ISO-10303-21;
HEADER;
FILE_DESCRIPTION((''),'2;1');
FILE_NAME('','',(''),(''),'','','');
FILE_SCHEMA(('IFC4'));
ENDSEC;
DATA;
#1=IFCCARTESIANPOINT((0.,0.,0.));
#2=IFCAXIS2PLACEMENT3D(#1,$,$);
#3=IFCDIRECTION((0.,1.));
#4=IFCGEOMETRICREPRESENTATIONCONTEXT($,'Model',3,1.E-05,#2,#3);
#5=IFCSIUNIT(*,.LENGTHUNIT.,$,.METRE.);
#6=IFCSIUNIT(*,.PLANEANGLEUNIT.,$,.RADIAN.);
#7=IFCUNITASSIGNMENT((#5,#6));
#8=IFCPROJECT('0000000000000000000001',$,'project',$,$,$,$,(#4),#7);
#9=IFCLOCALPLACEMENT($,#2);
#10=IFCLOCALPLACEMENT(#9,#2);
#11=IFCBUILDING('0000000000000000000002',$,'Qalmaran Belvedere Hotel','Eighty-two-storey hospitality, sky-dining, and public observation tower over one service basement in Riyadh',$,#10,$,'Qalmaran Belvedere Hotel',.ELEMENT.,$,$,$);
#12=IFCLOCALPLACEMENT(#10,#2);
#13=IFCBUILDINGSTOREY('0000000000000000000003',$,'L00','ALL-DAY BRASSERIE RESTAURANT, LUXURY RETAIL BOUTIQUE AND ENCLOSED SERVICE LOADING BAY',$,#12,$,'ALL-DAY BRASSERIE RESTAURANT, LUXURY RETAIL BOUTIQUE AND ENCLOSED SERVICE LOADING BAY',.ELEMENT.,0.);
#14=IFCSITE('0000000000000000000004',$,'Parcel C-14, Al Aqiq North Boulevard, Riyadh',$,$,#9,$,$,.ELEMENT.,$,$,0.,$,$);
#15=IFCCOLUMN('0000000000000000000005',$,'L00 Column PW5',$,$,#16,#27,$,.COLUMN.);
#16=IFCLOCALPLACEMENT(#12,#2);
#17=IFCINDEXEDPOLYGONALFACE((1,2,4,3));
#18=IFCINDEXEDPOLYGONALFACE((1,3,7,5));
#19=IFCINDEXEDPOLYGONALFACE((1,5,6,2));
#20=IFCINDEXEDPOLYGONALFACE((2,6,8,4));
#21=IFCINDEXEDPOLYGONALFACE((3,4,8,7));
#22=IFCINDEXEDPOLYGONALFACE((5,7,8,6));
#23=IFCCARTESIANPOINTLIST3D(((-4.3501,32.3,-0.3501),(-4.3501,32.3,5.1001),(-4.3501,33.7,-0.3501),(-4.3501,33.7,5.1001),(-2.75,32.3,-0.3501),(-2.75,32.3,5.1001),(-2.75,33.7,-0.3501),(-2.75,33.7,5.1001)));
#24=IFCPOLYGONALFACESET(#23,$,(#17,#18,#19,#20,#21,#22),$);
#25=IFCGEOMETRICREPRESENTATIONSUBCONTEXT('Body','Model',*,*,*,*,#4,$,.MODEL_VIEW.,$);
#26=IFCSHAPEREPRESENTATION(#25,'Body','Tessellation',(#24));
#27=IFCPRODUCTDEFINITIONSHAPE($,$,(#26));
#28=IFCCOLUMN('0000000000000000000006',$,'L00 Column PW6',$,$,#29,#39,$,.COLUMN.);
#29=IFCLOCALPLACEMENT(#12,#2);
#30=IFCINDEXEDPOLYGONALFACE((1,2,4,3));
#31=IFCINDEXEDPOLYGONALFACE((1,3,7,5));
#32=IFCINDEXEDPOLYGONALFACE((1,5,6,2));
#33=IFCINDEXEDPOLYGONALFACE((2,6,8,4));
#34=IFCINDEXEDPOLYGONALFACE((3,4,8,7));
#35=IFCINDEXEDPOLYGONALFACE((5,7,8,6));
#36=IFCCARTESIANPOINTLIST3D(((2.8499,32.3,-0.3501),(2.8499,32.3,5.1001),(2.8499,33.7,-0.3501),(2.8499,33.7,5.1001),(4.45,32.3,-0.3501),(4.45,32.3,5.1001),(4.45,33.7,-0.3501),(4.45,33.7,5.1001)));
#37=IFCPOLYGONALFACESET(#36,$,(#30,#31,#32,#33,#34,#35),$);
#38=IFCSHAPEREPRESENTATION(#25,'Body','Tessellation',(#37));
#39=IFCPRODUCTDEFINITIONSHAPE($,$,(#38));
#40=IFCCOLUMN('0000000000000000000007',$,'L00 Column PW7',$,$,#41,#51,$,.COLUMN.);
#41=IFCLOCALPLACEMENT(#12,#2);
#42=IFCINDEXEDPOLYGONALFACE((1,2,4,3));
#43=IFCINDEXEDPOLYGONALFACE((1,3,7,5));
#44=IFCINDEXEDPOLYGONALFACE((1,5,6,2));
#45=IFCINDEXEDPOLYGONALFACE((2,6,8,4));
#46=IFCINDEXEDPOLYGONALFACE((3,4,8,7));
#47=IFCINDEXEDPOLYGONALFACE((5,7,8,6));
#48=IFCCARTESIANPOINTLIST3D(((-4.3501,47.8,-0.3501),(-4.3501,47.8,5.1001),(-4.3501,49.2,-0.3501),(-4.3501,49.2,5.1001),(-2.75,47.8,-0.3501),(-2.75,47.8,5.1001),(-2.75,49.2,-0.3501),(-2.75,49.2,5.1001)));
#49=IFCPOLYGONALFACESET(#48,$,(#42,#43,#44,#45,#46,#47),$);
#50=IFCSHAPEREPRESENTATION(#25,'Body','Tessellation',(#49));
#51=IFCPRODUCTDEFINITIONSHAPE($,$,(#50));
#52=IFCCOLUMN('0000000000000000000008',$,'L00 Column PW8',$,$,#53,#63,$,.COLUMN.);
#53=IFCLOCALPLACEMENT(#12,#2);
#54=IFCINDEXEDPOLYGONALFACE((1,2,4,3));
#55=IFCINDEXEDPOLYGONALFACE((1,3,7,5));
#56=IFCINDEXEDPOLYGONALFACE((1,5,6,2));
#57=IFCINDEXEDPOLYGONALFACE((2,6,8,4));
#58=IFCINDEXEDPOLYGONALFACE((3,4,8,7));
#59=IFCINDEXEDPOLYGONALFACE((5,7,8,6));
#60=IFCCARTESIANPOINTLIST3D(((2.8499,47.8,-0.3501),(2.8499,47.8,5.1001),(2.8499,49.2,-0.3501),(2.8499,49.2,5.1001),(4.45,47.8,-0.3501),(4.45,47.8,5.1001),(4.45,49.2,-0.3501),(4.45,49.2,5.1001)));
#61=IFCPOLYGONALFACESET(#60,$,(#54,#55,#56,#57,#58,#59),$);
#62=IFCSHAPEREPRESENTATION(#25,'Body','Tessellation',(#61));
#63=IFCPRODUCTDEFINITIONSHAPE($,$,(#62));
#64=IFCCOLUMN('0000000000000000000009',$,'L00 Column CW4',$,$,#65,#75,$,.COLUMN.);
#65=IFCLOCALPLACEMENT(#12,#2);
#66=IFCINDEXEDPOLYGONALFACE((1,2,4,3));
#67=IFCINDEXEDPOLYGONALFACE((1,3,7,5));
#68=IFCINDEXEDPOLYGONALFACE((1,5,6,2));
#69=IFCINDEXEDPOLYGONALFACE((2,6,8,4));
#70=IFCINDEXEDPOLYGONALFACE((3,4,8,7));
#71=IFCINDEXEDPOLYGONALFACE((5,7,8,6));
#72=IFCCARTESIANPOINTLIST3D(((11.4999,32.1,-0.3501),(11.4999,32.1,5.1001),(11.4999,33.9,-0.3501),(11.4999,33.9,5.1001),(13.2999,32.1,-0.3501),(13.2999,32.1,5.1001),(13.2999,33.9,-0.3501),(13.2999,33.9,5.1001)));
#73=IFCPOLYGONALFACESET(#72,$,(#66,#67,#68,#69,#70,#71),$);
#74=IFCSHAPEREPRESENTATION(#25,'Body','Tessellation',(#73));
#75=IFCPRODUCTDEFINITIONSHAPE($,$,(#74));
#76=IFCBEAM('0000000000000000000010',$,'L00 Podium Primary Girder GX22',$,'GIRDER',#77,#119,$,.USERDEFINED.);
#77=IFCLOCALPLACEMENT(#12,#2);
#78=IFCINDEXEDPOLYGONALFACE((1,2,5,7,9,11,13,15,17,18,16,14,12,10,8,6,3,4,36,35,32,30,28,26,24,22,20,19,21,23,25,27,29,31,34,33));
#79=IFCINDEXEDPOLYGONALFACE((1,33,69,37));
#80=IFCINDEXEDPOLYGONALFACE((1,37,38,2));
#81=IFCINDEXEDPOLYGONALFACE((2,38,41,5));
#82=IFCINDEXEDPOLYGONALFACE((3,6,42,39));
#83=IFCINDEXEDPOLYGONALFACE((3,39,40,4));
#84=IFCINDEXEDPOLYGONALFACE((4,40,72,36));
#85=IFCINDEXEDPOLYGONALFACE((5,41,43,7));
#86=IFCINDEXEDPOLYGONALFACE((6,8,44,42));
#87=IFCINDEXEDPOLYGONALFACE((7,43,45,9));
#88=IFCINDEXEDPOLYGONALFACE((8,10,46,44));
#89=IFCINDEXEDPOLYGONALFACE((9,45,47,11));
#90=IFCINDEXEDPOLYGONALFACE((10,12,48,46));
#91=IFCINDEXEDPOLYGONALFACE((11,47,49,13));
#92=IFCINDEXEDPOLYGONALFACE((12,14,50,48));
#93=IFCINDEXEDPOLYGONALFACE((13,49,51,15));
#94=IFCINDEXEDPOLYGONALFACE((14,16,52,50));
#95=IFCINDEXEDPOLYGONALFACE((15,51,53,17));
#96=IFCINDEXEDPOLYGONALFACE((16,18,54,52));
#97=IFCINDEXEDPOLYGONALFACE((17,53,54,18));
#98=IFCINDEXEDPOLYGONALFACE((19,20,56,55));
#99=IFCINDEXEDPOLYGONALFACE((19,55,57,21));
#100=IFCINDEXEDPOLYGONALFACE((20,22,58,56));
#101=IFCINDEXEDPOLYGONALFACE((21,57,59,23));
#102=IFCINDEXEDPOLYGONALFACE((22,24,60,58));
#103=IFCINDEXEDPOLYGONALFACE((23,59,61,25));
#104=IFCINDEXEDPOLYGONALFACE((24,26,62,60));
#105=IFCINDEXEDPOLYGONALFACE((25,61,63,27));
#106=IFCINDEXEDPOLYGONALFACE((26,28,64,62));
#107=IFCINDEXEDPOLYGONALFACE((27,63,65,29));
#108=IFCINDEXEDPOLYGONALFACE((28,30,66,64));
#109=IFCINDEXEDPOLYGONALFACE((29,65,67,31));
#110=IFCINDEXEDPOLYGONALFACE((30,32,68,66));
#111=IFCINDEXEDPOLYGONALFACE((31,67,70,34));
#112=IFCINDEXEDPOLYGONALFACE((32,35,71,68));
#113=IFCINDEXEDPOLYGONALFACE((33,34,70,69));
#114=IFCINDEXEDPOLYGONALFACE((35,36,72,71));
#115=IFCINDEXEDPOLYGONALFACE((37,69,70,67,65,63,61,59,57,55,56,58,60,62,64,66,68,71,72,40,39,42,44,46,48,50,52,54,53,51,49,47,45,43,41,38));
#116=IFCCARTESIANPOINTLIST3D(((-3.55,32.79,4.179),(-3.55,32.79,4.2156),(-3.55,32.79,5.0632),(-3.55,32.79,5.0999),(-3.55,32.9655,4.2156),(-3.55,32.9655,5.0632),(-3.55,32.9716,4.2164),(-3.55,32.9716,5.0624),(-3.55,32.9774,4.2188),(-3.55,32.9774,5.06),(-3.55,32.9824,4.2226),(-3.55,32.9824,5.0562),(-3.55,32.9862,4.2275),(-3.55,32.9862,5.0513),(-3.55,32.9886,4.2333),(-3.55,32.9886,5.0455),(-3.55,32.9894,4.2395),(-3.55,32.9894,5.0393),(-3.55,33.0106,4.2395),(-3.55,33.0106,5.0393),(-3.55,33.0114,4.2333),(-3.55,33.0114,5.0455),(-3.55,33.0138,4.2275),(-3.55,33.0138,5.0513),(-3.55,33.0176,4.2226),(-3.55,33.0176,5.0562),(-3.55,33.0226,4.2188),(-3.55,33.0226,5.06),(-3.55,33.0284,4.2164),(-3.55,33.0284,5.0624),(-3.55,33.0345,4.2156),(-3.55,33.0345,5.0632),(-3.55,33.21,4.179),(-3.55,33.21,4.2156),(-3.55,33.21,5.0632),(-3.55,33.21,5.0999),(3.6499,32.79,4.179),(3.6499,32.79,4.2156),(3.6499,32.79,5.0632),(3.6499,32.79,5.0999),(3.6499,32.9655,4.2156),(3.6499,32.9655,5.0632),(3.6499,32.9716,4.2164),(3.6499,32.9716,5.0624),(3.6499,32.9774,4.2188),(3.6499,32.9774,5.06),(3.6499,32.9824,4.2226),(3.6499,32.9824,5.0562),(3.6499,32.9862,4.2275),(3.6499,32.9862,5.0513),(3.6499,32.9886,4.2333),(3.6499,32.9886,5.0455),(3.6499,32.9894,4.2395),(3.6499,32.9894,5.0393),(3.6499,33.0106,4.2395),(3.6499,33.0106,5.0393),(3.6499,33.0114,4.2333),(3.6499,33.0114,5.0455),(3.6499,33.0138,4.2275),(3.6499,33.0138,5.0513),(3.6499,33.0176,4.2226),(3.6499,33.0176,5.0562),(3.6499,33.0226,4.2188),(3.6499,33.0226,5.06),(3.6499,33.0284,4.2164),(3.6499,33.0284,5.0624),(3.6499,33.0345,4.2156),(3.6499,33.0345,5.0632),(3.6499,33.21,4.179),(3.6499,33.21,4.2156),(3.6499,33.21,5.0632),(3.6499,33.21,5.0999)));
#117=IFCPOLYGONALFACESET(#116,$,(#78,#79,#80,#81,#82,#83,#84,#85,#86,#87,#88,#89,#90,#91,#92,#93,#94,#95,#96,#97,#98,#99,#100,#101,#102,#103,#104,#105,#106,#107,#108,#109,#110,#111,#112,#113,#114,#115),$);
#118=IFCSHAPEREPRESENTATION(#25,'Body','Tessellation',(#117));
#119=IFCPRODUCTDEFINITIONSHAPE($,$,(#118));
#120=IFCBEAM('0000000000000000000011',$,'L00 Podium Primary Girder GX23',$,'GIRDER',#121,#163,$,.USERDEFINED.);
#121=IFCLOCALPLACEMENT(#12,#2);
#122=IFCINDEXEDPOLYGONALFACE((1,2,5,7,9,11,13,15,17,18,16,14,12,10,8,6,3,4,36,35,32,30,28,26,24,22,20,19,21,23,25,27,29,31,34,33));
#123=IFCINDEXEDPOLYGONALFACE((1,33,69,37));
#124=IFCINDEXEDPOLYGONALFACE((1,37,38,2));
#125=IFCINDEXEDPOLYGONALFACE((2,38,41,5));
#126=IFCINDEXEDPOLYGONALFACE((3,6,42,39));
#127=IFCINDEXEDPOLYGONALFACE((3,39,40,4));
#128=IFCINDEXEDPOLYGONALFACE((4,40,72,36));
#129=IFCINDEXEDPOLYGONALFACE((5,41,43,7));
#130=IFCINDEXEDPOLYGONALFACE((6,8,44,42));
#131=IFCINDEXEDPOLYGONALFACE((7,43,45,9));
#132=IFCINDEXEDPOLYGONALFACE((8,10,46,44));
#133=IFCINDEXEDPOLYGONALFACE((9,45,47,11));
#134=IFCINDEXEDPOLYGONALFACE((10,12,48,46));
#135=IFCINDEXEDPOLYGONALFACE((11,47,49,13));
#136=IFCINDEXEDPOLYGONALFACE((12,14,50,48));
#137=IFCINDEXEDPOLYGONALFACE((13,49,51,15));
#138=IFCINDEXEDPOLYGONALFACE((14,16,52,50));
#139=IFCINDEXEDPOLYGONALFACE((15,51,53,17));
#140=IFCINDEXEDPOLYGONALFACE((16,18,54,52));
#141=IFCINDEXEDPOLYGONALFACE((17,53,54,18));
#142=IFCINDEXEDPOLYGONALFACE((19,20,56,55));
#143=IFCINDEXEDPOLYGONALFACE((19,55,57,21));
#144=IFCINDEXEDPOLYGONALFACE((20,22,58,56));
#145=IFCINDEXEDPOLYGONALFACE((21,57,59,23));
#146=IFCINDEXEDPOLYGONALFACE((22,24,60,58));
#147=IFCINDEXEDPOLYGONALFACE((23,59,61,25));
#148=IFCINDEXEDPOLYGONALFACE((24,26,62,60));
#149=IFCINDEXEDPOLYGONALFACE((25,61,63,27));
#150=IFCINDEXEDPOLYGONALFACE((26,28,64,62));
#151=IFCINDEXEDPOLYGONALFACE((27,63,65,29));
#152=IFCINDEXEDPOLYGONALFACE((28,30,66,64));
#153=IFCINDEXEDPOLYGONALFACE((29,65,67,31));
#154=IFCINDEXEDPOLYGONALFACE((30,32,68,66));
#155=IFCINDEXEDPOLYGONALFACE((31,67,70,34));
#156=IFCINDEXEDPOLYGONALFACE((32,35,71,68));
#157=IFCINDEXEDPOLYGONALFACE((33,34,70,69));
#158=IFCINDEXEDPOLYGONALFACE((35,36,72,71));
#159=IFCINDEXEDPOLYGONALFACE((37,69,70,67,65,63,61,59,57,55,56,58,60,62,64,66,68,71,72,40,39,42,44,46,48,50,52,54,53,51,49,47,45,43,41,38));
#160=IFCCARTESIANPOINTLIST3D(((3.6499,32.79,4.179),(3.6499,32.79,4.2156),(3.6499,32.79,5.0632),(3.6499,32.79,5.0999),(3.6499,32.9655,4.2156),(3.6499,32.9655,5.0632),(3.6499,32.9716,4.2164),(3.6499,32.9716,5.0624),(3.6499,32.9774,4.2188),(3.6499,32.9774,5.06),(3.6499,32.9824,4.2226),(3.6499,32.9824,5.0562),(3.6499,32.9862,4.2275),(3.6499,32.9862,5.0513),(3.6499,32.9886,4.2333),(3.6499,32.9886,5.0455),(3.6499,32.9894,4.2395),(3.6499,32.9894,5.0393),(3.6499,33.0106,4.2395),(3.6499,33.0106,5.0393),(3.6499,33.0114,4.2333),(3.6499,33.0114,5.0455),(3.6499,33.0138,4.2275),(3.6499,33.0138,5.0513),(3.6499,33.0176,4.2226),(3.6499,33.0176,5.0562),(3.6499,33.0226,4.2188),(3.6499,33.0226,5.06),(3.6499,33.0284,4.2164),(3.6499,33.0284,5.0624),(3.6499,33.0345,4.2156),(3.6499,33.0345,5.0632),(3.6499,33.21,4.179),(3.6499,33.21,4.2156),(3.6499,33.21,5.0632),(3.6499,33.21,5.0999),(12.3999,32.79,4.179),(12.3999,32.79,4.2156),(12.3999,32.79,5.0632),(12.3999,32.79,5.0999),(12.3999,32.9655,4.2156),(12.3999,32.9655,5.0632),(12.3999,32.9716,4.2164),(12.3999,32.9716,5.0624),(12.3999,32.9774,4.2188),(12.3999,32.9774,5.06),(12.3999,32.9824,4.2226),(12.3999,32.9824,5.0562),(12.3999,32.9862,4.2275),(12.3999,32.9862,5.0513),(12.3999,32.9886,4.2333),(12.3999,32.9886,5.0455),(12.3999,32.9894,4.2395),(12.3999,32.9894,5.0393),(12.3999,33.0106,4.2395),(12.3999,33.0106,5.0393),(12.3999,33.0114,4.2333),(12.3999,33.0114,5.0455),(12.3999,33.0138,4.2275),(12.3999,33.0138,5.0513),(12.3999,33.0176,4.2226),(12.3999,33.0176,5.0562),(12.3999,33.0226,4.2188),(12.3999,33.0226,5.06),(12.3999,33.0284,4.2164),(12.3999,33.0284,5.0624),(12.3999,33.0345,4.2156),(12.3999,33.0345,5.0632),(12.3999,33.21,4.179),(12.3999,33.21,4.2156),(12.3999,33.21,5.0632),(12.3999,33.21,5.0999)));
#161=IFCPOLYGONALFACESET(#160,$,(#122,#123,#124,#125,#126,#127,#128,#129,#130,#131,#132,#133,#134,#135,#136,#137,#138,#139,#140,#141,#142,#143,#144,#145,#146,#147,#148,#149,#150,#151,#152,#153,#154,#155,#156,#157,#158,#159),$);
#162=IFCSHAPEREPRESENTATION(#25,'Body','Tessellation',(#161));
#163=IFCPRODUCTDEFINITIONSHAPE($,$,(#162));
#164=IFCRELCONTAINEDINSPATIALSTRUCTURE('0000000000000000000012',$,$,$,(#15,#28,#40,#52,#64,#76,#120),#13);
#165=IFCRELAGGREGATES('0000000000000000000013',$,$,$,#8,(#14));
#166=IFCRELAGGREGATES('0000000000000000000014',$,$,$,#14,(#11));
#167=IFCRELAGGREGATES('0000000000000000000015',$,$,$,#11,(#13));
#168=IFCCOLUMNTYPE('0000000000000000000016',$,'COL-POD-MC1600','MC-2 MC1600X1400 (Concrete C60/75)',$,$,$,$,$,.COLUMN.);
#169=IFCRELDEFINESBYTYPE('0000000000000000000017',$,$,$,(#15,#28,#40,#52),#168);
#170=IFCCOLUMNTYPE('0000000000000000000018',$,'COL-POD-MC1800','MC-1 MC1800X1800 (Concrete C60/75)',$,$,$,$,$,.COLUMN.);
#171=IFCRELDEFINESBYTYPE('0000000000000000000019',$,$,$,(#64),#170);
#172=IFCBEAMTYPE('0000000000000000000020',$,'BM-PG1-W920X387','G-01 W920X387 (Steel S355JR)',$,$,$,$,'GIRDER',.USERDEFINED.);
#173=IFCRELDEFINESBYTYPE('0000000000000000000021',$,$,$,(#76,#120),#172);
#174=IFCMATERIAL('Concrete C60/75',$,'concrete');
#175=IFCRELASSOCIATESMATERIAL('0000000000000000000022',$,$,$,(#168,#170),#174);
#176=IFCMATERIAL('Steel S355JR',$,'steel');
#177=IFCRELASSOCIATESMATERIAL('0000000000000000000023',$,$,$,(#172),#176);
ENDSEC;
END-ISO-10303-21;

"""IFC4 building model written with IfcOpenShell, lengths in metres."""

from ifc_helpers import new_model, si_unit, direction, frame, origin, origin_2d, place, context, subcontext, project, spatial, rectangle, i_section, extrude, material, material_profile, profile_set, type_object, element, save


model = new_model("IFC4")

# Units and contexts
model_context = context("Model", 3, precision=1e-05, world=origin(), true_north=direction((0.0, 1.0)))
body_context = subcontext(model_context, "Body", "Model", "MODEL_VIEW")
ifc_project = project(units=[si_unit("LENGTHUNIT", "METRE"), si_unit("PLANEANGLEUNIT", "RADIAN")], contexts=[model_context])

# Site, building, storey
site_placement = place(None, origin())
site = spatial("IfcSite", under=ifc_project, at=site_placement, Name="Parcel C-14, Al Aqiq North Boulevard, Riyadh", CompositionType="ELEMENT", RefElevation=0.0)
building_placement = place(site_placement, origin())
building = spatial("IfcBuilding", under=site, at=building_placement, Name="Qalmaran Belvedere Hotel", Description="Eighty-two-storey hospitality, sky-dining, and public observation tower over one service basement in Riyadh", LongName="Qalmaran Belvedere Hotel", CompositionType="ELEMENT")
storey_placement = place(building_placement, origin())
storey = spatial("IfcBuildingStorey", under=building, at=storey_placement, Name="L00", Description="ALL-DAY BRASSERIE RESTAURANT, LUXURY RETAIL BOUTIQUE AND ENCLOSED SERVICE LOADING BAY", LongName="ALL-DAY BRASSERIE RESTAURANT, LUXURY RETAIL BOUTIQUE AND ENCLOSED SERVICE LOADING BAY", CompositionType="ELEMENT", Elevation=0.0)

# Columns
ifc_material_1 = material(Name="Concrete C60/75", Category="concrete")
ifc_material_profile_1 = material_profile(ifc_material_1, rectangle(XDim=1.6001, YDim=1.3999, at=origin_2d()), Name="MC1600X1400")
ifc_profile_set_1 = profile_set([ifc_material_profile_1], Name="Concrete C60/75")
column_type_1 = type_object("IfcColumnType", Name="COL-POD-MC1600", Description="MC-2 MC1600X1400 (Concrete C60/75)", PredefinedType="COLUMN", material=ifc_profile_set_1)
for number, where, z_axis, x_axis, name in (
    (1, (-3.55, 33.0, -0.3501), (0.0, 0.0, 1.0), (1.0, 0.0, 0.0), "L00 Column PW5"),
    (2, (3.6499, 33.0, -0.3501), (0.0, 0.0, 1.0), (1.0, 0.0, 0.0), "L00 Column PW6"),
    (3, (-3.55, 48.5, -0.3501), (0.0, 0.0, 1.0), (1.0, 0.0, 0.0), "L00 Column PW7"),
    (4, (3.6499, 48.5, -0.3501), (0.0, 0.0, 1.0), (1.0, 0.0, 0.0), "L00 Column PW8"),
):
    element("IfcColumn", number, at=place(storey_placement, frame(where, z_axis=z_axis, x_axis=x_axis)), inside=storey, type_object=column_type_1, Name=name, PredefinedType="COLUMN", context=body_context, shape_type="SweptSolid", body=[
        extrude(rectangle(XDim=1.6001, YDim=1.3999, at=origin_2d()), origin(), (0.0, 0.0, 1.0), 5.4502),
    ])
ifc_material_profile_2 = material_profile(ifc_material_1, rectangle(XDim=1.8, YDim=1.8, at=origin_2d()), Name="MC1800X1800")
ifc_profile_set_2 = profile_set([ifc_material_profile_2], Name="Concrete C60/75")
column_type_2 = type_object("IfcColumnType", Name="COL-POD-MC1800", Description="MC-1 MC1800X1800 (Concrete C60/75)", PredefinedType="COLUMN", material=ifc_profile_set_2)
column_placement = place(storey_placement, frame((12.3999, 33.0, -0.3501), z_axis=(0.0, 0.0, 1.0), x_axis=(1.0, 0.0, 0.0)))
element("IfcColumn", 5, at=column_placement, inside=storey, type_object=column_type_2, Name="L00 Column CW4", PredefinedType="COLUMN", context=body_context, shape_type="SweptSolid", body=[
    extrude(rectangle(XDim=1.8, YDim=1.8, at=origin_2d()), origin(), (0.0, 0.0, 1.0), 5.4502),
])

# Beams
ifc_material_2 = material(Name="Steel S355JR", Category="steel")
ifc_material_profile_3 = material_profile(ifc_material_2, i_section(OverallWidth=0.4199, OverallDepth=0.9209, WebThickness=0.0212, FlangeThickness=0.0366, FilletRadius=0.0239, at=origin_2d()), Name="W920X387")
ifc_profile_set_3 = profile_set([ifc_material_profile_3], Name="Steel S355JR")
beam_type_1 = type_object("IfcBeamType", Name="BM-PG1-W920X387", Description="G-01 W920X387 (Steel S355JR)", ElementType="GIRDER", PredefinedType="USERDEFINED", material=ifc_profile_set_3)
beam_1_placement = place(storey_placement, frame((-3.55, 33.0, 4.6394), z_axis=(1.0, 0.0, 0.0), x_axis=(0.0, 1.0, 0.0)))
element("IfcBeam", 6, at=beam_1_placement, inside=storey, type_object=beam_type_1, Name="L00 Podium Primary Girder GX22", ObjectType="GIRDER", PredefinedType="USERDEFINED", context=body_context, shape_type="SweptSolid", body=[
    extrude(i_section(OverallWidth=0.4199, OverallDepth=0.9209, WebThickness=0.0212, FlangeThickness=0.0366, FilletRadius=0.0239, at=origin_2d()), origin(), (0.0, 0.0, 1.0), 7.2),
])
beam_2_placement = place(storey_placement, frame((3.6499, 33.0, 4.6394), z_axis=(1.0, 0.0, 0.0), x_axis=(0.0, 1.0, 0.0)))
element("IfcBeam", 7, at=beam_2_placement, inside=storey, type_object=beam_type_1, Name="L00 Podium Primary Girder GX23", ObjectType="GIRDER", PredefinedType="USERDEFINED", context=body_context, shape_type="SweptSolid", body=[
    extrude(i_section(OverallWidth=0.4199, OverallDepth=0.9209, WebThickness=0.0212, FlangeThickness=0.0366, FilletRadius=0.0239, at=origin_2d()), origin(), (0.0, 0.0, 1.0), 8.75),
])

save(model, "model.ifc")
